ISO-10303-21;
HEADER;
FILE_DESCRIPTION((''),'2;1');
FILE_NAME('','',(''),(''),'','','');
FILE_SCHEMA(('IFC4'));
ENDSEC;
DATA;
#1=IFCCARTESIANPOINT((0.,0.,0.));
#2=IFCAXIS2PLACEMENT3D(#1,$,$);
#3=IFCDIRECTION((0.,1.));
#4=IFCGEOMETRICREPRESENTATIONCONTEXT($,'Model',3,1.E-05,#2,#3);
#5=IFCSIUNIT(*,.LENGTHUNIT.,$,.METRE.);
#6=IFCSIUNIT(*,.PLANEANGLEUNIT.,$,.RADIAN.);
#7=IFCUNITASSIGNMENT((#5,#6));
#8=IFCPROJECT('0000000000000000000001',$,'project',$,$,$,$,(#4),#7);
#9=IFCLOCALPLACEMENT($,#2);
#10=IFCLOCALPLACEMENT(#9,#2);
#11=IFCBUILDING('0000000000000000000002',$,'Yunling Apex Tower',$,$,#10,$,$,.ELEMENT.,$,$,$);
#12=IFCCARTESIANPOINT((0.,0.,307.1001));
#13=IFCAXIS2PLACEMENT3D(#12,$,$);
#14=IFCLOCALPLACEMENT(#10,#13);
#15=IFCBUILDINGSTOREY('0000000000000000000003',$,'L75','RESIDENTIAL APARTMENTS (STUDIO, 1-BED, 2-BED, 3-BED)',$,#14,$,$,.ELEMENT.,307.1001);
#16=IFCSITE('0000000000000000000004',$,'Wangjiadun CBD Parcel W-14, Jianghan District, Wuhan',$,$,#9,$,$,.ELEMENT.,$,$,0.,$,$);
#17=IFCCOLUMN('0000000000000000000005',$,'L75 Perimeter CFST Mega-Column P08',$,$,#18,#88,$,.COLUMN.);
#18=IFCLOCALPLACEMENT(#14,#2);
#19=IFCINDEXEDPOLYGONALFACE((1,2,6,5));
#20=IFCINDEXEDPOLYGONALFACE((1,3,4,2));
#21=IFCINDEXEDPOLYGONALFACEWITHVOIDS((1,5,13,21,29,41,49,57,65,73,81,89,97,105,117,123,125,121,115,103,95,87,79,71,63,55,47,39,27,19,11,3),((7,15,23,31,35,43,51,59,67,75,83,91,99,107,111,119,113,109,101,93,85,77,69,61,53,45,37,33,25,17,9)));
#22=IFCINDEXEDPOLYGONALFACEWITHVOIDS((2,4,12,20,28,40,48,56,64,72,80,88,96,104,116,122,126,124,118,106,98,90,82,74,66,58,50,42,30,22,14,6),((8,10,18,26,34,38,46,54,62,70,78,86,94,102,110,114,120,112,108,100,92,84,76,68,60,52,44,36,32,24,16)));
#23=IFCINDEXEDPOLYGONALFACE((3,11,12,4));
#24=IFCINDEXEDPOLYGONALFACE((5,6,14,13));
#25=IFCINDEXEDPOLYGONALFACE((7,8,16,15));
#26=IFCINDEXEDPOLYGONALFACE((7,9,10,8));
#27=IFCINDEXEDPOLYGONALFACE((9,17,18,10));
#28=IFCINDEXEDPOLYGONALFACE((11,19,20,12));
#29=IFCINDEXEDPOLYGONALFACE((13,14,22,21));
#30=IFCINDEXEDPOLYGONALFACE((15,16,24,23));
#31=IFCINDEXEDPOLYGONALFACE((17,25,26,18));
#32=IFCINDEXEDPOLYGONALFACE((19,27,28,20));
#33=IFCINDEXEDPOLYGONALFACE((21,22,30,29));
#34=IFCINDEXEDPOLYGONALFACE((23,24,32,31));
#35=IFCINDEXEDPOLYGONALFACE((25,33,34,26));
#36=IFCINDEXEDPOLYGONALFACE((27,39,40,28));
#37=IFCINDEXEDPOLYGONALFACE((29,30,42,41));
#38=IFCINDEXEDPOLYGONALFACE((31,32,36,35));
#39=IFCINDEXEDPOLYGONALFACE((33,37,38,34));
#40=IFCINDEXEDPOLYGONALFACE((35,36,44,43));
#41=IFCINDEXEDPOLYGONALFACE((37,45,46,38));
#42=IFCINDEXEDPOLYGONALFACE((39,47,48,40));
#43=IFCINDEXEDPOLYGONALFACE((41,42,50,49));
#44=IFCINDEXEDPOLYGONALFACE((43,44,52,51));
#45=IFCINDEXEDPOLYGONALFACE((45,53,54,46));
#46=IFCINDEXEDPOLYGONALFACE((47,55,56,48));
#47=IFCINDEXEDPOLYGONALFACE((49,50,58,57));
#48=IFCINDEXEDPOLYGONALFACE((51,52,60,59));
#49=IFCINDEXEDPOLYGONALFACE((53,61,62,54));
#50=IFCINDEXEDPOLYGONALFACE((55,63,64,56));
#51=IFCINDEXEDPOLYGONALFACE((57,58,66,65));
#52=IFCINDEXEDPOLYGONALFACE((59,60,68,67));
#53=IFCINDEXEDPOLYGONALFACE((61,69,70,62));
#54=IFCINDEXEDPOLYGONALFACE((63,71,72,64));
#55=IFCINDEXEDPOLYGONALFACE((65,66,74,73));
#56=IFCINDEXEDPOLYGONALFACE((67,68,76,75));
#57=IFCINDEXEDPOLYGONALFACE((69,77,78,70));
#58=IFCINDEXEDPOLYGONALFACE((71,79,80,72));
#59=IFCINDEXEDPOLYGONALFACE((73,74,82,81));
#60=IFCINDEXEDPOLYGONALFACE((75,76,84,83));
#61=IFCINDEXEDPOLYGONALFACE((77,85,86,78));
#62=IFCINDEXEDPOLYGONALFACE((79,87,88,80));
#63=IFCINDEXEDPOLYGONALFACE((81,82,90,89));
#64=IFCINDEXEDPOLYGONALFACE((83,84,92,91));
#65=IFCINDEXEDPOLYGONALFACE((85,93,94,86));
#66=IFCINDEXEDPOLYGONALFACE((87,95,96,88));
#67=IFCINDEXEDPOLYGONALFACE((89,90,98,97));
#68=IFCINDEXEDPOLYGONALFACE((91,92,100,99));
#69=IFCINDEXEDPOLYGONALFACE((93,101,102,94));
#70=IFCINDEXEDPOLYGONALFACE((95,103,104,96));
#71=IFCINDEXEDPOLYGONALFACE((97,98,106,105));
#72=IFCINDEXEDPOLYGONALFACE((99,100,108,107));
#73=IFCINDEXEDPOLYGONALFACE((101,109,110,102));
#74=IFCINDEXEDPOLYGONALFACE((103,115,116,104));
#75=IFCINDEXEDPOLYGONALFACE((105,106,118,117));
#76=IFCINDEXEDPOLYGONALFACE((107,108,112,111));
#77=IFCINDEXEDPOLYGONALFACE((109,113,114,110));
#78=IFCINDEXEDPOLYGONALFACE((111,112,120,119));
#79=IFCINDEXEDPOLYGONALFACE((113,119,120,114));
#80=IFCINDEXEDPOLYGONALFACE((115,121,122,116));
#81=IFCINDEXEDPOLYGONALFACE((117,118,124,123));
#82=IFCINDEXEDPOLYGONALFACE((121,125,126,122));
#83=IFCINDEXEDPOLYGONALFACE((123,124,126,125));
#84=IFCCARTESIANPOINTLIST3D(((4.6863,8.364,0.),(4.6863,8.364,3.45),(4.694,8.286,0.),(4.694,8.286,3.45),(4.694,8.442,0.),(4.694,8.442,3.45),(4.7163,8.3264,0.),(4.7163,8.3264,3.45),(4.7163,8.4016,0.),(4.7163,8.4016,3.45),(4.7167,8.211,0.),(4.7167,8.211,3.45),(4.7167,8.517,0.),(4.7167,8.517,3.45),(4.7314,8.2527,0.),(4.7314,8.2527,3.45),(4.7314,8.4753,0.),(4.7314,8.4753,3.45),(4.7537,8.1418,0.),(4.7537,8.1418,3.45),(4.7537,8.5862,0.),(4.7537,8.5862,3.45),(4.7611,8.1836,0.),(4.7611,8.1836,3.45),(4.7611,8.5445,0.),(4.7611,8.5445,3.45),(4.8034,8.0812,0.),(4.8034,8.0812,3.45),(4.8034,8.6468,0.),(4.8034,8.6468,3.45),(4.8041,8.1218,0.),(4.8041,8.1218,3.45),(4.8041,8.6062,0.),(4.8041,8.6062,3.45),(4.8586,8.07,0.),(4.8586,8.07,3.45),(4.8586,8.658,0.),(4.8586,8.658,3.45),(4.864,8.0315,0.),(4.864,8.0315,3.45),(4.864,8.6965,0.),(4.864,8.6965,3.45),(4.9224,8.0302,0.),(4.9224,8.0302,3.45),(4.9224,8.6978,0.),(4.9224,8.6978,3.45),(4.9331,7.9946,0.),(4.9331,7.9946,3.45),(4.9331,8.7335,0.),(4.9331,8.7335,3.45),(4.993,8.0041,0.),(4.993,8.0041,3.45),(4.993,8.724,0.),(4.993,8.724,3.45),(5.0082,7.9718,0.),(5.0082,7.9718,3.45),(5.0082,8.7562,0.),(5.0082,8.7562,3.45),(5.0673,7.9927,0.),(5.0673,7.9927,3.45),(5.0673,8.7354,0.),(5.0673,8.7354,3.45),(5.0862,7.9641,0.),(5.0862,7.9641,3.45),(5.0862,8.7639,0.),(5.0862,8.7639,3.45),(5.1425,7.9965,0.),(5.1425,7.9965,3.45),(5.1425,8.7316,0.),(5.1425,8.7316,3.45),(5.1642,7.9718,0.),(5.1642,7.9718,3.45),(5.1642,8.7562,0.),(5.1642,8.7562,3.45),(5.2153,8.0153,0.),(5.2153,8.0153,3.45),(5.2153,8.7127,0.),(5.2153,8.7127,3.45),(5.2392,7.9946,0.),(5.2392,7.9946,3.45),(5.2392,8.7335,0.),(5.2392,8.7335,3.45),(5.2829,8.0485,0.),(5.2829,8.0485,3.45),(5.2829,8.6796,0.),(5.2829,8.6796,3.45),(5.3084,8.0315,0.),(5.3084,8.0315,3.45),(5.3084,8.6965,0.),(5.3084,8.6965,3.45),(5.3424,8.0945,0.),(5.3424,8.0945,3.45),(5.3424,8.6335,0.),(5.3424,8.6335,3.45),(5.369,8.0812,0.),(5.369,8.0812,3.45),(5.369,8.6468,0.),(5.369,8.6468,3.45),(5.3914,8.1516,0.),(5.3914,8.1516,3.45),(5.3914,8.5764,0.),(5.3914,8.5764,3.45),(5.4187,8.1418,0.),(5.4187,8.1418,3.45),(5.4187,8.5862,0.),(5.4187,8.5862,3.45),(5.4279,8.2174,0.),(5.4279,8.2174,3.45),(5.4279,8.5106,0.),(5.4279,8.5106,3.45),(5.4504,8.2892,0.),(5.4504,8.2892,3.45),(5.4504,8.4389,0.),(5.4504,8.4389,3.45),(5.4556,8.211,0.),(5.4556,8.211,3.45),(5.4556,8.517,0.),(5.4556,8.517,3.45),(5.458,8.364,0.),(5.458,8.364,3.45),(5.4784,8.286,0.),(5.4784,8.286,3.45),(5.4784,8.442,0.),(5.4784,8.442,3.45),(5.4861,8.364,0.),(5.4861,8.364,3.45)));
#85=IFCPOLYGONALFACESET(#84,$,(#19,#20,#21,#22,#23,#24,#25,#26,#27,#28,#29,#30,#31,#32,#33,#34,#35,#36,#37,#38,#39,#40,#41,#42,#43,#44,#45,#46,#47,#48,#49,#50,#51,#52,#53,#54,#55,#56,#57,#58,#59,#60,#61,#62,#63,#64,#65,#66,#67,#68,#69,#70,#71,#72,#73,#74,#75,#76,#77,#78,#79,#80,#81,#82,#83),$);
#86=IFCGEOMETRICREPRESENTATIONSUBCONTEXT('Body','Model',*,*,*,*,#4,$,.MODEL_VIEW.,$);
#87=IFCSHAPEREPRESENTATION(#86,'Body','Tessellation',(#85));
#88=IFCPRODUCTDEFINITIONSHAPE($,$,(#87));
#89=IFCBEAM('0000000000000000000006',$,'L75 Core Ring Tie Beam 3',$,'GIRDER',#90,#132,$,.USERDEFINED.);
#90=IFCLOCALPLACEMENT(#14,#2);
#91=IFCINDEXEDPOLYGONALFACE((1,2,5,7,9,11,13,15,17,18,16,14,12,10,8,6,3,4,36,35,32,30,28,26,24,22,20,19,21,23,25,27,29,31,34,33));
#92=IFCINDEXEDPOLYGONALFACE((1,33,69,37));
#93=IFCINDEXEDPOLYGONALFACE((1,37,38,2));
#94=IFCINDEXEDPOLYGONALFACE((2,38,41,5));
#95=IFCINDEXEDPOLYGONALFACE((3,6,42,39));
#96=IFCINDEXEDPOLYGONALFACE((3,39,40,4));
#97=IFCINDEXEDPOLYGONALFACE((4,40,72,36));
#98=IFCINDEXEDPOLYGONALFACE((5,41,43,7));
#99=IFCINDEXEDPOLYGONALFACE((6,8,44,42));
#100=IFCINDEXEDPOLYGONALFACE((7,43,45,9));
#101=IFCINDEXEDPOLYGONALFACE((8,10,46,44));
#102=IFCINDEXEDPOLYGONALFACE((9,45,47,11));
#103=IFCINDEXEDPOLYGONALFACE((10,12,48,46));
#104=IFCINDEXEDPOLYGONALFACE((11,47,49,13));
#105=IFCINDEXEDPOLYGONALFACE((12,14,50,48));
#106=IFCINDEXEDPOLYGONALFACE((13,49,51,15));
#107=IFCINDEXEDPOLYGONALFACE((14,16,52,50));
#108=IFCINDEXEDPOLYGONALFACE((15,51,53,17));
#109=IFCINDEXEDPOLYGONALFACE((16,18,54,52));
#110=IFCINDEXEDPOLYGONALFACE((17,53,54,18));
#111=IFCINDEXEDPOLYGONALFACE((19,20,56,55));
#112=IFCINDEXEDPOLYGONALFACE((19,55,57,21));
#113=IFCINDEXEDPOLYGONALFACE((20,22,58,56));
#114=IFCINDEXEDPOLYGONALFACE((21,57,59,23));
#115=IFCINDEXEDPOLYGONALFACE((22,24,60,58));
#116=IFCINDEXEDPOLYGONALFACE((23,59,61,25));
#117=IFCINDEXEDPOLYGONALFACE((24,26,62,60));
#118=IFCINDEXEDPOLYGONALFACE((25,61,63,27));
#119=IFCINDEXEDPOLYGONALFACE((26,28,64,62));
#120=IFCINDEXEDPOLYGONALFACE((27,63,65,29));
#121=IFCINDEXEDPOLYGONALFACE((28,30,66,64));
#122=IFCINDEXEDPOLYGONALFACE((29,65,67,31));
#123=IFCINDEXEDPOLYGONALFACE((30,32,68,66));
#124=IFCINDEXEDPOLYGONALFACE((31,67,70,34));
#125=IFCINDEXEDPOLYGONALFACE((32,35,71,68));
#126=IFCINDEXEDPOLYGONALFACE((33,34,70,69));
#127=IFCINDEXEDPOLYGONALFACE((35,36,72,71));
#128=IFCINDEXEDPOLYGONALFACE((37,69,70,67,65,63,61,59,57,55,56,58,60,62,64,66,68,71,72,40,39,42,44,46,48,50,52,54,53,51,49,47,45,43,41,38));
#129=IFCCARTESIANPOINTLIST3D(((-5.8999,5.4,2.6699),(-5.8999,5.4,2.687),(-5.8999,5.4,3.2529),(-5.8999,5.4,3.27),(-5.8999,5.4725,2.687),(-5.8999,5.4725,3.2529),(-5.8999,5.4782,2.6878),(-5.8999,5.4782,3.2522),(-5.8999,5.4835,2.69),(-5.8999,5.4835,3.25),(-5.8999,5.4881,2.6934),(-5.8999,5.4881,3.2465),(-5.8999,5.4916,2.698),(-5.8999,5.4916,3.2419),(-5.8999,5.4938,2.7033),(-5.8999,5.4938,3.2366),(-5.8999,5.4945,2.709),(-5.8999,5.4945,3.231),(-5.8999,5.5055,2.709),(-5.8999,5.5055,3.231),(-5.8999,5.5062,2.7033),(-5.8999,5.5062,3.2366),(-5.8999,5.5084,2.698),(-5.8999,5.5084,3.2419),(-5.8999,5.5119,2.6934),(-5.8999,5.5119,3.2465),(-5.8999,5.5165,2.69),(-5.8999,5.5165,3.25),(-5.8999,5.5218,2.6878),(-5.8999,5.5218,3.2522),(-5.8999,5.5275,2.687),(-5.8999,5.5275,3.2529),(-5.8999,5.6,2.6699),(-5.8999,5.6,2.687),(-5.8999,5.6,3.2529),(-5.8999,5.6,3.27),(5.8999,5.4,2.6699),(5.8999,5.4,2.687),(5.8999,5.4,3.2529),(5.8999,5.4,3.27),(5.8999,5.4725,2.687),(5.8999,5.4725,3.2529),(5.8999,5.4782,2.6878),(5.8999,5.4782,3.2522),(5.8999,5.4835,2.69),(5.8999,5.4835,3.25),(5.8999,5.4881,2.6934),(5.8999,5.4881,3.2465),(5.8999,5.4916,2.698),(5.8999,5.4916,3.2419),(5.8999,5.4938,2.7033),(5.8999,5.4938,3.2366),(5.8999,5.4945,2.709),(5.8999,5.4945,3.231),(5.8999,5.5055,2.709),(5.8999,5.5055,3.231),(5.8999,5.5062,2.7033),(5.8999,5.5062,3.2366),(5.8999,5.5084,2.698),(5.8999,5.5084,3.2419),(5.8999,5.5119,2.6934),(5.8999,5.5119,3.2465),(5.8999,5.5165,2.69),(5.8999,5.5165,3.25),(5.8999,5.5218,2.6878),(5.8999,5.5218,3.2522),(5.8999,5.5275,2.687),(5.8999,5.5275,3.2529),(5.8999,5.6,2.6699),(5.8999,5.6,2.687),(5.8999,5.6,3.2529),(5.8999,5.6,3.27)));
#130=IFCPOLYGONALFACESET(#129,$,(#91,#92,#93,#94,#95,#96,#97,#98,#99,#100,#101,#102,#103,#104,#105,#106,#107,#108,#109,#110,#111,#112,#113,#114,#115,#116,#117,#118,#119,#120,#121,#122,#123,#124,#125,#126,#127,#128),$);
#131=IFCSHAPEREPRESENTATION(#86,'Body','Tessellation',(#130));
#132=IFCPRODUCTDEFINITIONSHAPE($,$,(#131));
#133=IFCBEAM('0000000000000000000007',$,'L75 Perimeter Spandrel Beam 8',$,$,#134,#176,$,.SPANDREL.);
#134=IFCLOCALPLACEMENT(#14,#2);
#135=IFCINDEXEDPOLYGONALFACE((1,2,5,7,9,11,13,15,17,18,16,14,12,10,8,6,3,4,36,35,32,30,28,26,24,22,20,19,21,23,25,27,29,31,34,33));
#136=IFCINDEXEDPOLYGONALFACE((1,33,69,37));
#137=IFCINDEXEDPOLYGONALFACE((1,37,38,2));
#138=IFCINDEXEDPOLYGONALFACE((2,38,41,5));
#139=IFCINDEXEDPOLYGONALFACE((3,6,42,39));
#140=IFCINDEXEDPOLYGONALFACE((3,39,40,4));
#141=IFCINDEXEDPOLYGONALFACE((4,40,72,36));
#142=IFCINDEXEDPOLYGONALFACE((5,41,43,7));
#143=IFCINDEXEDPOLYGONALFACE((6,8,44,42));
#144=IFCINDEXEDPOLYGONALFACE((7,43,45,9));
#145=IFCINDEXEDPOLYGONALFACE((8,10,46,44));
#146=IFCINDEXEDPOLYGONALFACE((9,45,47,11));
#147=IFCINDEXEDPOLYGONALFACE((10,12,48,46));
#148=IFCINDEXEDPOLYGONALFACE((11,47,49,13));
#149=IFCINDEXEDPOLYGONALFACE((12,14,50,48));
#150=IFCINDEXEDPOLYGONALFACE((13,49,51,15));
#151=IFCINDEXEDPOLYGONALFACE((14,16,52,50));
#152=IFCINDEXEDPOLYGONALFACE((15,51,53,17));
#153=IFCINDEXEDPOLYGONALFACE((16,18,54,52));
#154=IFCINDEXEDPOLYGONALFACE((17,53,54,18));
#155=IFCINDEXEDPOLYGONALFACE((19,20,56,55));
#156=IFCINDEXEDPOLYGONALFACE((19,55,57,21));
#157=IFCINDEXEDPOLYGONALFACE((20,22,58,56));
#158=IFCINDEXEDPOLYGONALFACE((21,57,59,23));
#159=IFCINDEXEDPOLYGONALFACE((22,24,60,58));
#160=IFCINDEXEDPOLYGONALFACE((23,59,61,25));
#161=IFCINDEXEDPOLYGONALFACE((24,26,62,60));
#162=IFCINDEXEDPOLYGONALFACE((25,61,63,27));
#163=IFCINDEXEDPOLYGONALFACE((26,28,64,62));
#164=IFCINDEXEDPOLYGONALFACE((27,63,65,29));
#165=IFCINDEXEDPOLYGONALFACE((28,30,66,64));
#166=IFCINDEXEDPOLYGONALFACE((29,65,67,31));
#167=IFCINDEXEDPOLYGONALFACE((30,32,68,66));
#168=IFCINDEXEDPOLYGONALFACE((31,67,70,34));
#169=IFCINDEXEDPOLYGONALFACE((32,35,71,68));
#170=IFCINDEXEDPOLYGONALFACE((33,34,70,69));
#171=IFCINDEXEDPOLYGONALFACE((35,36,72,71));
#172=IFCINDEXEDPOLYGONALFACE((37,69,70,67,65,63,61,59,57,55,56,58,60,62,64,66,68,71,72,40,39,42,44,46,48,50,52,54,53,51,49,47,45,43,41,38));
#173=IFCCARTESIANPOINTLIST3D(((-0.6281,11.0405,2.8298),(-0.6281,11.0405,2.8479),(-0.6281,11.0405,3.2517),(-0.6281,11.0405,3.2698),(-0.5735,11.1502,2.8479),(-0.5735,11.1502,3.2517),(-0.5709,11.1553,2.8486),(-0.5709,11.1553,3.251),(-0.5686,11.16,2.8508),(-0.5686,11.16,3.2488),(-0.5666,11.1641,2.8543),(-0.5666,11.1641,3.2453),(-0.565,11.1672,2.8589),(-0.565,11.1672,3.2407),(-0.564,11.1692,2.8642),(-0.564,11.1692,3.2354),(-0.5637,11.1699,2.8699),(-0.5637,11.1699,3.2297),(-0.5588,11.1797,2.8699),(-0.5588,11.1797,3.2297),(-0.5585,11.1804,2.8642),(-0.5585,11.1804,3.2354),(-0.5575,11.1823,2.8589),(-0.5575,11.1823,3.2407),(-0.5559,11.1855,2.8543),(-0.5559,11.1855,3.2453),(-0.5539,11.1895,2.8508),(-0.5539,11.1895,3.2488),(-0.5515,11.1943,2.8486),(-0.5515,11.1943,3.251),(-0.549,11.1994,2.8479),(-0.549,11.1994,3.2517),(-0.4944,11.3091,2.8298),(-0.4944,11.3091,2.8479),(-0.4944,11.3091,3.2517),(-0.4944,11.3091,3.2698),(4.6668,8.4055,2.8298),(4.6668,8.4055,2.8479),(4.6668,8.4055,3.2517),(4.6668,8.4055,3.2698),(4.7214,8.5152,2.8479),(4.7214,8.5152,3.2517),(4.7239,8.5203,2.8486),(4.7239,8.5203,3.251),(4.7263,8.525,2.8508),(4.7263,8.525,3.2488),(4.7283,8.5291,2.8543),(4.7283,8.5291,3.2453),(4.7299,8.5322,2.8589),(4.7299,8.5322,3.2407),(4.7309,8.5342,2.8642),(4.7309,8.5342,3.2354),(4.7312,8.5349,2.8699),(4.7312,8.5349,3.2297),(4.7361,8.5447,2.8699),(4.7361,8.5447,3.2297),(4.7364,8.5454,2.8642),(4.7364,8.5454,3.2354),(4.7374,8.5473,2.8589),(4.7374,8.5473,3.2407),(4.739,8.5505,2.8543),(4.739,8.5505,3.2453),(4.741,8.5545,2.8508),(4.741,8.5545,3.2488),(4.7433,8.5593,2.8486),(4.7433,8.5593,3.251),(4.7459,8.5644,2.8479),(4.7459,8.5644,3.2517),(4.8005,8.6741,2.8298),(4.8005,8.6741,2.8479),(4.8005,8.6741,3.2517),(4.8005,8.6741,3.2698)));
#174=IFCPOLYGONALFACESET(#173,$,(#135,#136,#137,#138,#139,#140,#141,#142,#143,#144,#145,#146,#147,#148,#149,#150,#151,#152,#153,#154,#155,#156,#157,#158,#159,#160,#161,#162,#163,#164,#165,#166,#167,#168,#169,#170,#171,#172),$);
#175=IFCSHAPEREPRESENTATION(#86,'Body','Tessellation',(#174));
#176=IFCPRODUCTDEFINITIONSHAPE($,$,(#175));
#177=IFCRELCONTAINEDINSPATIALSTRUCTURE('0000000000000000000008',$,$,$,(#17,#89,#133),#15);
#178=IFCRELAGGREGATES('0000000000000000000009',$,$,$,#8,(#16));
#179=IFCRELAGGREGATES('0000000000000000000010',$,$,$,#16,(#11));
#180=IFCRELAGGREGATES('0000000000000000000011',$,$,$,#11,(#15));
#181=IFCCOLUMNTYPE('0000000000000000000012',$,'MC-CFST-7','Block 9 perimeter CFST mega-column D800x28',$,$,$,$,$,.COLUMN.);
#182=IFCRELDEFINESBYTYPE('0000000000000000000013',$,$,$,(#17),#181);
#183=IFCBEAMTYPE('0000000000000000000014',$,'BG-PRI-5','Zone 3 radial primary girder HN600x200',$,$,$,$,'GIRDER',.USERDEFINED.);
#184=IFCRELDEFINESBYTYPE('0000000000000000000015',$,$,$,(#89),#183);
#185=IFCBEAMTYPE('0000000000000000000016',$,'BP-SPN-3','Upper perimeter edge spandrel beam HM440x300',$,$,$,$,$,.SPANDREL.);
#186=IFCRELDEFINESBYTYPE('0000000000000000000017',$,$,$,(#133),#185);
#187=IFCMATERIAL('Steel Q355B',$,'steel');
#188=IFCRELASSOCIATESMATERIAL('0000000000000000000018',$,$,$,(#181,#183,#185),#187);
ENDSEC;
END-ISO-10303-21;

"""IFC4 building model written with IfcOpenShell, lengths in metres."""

from ifc_helpers import new_model, si_unit, direction, frame, origin, origin_2d, place, context, subcontext, project, spatial, hollow_circle, i_section, extrude, source, transform, mapped, material, material_profile, profile_set, type_object, element, save


model = new_model("IFC4")

# Units and contexts
model_context = context("Model", 3, precision=1e-05, world=origin(), true_north=direction((0.0, 1.0)))
body_context = subcontext(model_context, "Body", "Model", "MODEL_VIEW")
ifc_project = project(units=[si_unit("LENGTHUNIT", "METRE"), si_unit("PLANEANGLEUNIT", "RADIAN")], contexts=[model_context])

# Site, building, storey
site_placement = place(None, origin())
site = spatial("IfcSite", under=ifc_project, at=site_placement, Name="Wangjiadun CBD Parcel W-14, Jianghan District, Wuhan", CompositionType="ELEMENT", RefElevation=0.0)
building_placement = place(site_placement, origin())
building = spatial("IfcBuilding", under=site, at=building_placement, Name="Yunling Apex Tower", CompositionType="ELEMENT")
storey_placement = place(building_placement, frame((0.0, 0.0, 307.1001)))
storey = spatial("IfcBuildingStorey", under=building, at=storey_placement, Name="L75", Description="RESIDENTIAL APARTMENTS (STUDIO, 1-BED, 2-BED, 3-BED)", CompositionType="ELEMENT", Elevation=307.1001)

# Column
ifc_material_1 = material(Name="Steel Q355B", Category="steel")
ifc_material_profile_1 = material_profile(ifc_material_1, hollow_circle(Radius=0.3999, WallThickness=0.0281, at=origin_2d()))
ifc_profile_set_1 = profile_set([ifc_material_profile_1], Name="Steel Q355B")
column_type_1 = type_object("IfcColumnType", Name="MC-CFST-7", Description="Block 9 perimeter CFST mega-column D800x28", PredefinedType="COLUMN", material=ifc_profile_set_1)
shared_shape_1 = source(origin(), body_context, "Body", "SweptSolid", [
    extrude(hollow_circle(Radius=0.3999, WallThickness=0.0281, at=origin_2d()), origin(), (0.0, 0.0, 1.0), 3.45),
])
for number, where, z_axis, x_axis, name in (
    (1, (5.0862, 8.364, 0.0), (0.0, 0.0, 1.0), (1.0, 0.0, 0.0), "L75 Perimeter CFST Mega-Column P08"),
):
    element("IfcColumn", number, at=place(storey_placement, frame(where, z_axis=z_axis, x_axis=x_axis)), inside=storey, type_object=column_type_1, Name=name, PredefinedType="COLUMN", context=body_context, shape_type="MappedRepresentation", body=[
        mapped(shared_shape_1, transform((0.0, 0.0, 0.0), scale=1.0)),
    ])

# Beams
ifc_material_profile_2 = material_profile(ifc_material_1, i_section(OverallWidth=0.2, OverallDepth=0.6001, WebThickness=0.011, FlangeThickness=0.0171, FilletRadius=0.022, at=origin_2d()))
ifc_profile_set_2 = profile_set([ifc_material_profile_2], Name="Steel Q355B")
beam_type_1 = type_object("IfcBeamType", Name="BG-PRI-5", Description="Zone 3 radial primary girder HN600x200", ElementType="GIRDER", PredefinedType="USERDEFINED", material=ifc_profile_set_2)
shared_shape_2 = source(origin(), body_context, "Body", "SweptSolid", [
    extrude(i_section(OverallWidth=0.2, OverallDepth=0.6001, WebThickness=0.011, FlangeThickness=0.0171, FilletRadius=0.022, at=origin_2d()), origin(), (0.0, 0.0, 1.0), 11.7998),
])
beam_1_placement = place(storey_placement, frame((5.8999, 5.5, 2.97), z_axis=(-1.0, 0.0, 0.0), x_axis=(0.0, -1.0, 0.0)))
element("IfcBeam", 2, at=beam_1_placement, inside=storey, type_object=beam_type_1, Name="L75 Core Ring Tie Beam 3", ObjectType="GIRDER", PredefinedType="USERDEFINED", context=body_context, shape_type="MappedRepresentation", body=[
    mapped(shared_shape_2, transform((0.0, 0.0, 0.0), scale=1.0)),
])
ifc_material_profile_3 = material_profile(ifc_material_1, i_section(OverallWidth=0.3, OverallDepth=0.4399, WebThickness=0.011, FlangeThickness=0.0181, FilletRadius=0.022, at=origin_2d()))
ifc_profile_set_3 = profile_set([ifc_material_profile_3], Name="Steel Q355B")
beam_type_2 = type_object("IfcBeamType", Name="BP-SPN-3", Description="Upper perimeter edge spandrel beam HM440x300", PredefinedType="SPANDREL", material=ifc_profile_set_3)
shared_shape_3 = source(origin(), body_context, "Body", "SweptSolid", [
    extrude(i_section(OverallWidth=0.3, OverallDepth=0.4399, WebThickness=0.011, FlangeThickness=0.0181, FilletRadius=0.022, at=origin_2d()), origin(), (0.0, 0.0, 1.0), 5.9143),
])
beam_2_placement = place(storey_placement, frame((4.7336, 8.5398, 3.0498), z_axis=(-0.895268, 0.445529, 0.0), x_axis=(-0.445529, -0.895268, 0.0)))
element("IfcBeam", 3, at=beam_2_placement, inside=storey, type_object=beam_type_2, Name="L75 Perimeter Spandrel Beam 8", PredefinedType="SPANDREL", context=body_context, shape_type="MappedRepresentation", body=[
    mapped(shared_shape_3, transform((0.0, 0.0, 0.0), scale=1.0)),
])

save(model, "model.ifc")
